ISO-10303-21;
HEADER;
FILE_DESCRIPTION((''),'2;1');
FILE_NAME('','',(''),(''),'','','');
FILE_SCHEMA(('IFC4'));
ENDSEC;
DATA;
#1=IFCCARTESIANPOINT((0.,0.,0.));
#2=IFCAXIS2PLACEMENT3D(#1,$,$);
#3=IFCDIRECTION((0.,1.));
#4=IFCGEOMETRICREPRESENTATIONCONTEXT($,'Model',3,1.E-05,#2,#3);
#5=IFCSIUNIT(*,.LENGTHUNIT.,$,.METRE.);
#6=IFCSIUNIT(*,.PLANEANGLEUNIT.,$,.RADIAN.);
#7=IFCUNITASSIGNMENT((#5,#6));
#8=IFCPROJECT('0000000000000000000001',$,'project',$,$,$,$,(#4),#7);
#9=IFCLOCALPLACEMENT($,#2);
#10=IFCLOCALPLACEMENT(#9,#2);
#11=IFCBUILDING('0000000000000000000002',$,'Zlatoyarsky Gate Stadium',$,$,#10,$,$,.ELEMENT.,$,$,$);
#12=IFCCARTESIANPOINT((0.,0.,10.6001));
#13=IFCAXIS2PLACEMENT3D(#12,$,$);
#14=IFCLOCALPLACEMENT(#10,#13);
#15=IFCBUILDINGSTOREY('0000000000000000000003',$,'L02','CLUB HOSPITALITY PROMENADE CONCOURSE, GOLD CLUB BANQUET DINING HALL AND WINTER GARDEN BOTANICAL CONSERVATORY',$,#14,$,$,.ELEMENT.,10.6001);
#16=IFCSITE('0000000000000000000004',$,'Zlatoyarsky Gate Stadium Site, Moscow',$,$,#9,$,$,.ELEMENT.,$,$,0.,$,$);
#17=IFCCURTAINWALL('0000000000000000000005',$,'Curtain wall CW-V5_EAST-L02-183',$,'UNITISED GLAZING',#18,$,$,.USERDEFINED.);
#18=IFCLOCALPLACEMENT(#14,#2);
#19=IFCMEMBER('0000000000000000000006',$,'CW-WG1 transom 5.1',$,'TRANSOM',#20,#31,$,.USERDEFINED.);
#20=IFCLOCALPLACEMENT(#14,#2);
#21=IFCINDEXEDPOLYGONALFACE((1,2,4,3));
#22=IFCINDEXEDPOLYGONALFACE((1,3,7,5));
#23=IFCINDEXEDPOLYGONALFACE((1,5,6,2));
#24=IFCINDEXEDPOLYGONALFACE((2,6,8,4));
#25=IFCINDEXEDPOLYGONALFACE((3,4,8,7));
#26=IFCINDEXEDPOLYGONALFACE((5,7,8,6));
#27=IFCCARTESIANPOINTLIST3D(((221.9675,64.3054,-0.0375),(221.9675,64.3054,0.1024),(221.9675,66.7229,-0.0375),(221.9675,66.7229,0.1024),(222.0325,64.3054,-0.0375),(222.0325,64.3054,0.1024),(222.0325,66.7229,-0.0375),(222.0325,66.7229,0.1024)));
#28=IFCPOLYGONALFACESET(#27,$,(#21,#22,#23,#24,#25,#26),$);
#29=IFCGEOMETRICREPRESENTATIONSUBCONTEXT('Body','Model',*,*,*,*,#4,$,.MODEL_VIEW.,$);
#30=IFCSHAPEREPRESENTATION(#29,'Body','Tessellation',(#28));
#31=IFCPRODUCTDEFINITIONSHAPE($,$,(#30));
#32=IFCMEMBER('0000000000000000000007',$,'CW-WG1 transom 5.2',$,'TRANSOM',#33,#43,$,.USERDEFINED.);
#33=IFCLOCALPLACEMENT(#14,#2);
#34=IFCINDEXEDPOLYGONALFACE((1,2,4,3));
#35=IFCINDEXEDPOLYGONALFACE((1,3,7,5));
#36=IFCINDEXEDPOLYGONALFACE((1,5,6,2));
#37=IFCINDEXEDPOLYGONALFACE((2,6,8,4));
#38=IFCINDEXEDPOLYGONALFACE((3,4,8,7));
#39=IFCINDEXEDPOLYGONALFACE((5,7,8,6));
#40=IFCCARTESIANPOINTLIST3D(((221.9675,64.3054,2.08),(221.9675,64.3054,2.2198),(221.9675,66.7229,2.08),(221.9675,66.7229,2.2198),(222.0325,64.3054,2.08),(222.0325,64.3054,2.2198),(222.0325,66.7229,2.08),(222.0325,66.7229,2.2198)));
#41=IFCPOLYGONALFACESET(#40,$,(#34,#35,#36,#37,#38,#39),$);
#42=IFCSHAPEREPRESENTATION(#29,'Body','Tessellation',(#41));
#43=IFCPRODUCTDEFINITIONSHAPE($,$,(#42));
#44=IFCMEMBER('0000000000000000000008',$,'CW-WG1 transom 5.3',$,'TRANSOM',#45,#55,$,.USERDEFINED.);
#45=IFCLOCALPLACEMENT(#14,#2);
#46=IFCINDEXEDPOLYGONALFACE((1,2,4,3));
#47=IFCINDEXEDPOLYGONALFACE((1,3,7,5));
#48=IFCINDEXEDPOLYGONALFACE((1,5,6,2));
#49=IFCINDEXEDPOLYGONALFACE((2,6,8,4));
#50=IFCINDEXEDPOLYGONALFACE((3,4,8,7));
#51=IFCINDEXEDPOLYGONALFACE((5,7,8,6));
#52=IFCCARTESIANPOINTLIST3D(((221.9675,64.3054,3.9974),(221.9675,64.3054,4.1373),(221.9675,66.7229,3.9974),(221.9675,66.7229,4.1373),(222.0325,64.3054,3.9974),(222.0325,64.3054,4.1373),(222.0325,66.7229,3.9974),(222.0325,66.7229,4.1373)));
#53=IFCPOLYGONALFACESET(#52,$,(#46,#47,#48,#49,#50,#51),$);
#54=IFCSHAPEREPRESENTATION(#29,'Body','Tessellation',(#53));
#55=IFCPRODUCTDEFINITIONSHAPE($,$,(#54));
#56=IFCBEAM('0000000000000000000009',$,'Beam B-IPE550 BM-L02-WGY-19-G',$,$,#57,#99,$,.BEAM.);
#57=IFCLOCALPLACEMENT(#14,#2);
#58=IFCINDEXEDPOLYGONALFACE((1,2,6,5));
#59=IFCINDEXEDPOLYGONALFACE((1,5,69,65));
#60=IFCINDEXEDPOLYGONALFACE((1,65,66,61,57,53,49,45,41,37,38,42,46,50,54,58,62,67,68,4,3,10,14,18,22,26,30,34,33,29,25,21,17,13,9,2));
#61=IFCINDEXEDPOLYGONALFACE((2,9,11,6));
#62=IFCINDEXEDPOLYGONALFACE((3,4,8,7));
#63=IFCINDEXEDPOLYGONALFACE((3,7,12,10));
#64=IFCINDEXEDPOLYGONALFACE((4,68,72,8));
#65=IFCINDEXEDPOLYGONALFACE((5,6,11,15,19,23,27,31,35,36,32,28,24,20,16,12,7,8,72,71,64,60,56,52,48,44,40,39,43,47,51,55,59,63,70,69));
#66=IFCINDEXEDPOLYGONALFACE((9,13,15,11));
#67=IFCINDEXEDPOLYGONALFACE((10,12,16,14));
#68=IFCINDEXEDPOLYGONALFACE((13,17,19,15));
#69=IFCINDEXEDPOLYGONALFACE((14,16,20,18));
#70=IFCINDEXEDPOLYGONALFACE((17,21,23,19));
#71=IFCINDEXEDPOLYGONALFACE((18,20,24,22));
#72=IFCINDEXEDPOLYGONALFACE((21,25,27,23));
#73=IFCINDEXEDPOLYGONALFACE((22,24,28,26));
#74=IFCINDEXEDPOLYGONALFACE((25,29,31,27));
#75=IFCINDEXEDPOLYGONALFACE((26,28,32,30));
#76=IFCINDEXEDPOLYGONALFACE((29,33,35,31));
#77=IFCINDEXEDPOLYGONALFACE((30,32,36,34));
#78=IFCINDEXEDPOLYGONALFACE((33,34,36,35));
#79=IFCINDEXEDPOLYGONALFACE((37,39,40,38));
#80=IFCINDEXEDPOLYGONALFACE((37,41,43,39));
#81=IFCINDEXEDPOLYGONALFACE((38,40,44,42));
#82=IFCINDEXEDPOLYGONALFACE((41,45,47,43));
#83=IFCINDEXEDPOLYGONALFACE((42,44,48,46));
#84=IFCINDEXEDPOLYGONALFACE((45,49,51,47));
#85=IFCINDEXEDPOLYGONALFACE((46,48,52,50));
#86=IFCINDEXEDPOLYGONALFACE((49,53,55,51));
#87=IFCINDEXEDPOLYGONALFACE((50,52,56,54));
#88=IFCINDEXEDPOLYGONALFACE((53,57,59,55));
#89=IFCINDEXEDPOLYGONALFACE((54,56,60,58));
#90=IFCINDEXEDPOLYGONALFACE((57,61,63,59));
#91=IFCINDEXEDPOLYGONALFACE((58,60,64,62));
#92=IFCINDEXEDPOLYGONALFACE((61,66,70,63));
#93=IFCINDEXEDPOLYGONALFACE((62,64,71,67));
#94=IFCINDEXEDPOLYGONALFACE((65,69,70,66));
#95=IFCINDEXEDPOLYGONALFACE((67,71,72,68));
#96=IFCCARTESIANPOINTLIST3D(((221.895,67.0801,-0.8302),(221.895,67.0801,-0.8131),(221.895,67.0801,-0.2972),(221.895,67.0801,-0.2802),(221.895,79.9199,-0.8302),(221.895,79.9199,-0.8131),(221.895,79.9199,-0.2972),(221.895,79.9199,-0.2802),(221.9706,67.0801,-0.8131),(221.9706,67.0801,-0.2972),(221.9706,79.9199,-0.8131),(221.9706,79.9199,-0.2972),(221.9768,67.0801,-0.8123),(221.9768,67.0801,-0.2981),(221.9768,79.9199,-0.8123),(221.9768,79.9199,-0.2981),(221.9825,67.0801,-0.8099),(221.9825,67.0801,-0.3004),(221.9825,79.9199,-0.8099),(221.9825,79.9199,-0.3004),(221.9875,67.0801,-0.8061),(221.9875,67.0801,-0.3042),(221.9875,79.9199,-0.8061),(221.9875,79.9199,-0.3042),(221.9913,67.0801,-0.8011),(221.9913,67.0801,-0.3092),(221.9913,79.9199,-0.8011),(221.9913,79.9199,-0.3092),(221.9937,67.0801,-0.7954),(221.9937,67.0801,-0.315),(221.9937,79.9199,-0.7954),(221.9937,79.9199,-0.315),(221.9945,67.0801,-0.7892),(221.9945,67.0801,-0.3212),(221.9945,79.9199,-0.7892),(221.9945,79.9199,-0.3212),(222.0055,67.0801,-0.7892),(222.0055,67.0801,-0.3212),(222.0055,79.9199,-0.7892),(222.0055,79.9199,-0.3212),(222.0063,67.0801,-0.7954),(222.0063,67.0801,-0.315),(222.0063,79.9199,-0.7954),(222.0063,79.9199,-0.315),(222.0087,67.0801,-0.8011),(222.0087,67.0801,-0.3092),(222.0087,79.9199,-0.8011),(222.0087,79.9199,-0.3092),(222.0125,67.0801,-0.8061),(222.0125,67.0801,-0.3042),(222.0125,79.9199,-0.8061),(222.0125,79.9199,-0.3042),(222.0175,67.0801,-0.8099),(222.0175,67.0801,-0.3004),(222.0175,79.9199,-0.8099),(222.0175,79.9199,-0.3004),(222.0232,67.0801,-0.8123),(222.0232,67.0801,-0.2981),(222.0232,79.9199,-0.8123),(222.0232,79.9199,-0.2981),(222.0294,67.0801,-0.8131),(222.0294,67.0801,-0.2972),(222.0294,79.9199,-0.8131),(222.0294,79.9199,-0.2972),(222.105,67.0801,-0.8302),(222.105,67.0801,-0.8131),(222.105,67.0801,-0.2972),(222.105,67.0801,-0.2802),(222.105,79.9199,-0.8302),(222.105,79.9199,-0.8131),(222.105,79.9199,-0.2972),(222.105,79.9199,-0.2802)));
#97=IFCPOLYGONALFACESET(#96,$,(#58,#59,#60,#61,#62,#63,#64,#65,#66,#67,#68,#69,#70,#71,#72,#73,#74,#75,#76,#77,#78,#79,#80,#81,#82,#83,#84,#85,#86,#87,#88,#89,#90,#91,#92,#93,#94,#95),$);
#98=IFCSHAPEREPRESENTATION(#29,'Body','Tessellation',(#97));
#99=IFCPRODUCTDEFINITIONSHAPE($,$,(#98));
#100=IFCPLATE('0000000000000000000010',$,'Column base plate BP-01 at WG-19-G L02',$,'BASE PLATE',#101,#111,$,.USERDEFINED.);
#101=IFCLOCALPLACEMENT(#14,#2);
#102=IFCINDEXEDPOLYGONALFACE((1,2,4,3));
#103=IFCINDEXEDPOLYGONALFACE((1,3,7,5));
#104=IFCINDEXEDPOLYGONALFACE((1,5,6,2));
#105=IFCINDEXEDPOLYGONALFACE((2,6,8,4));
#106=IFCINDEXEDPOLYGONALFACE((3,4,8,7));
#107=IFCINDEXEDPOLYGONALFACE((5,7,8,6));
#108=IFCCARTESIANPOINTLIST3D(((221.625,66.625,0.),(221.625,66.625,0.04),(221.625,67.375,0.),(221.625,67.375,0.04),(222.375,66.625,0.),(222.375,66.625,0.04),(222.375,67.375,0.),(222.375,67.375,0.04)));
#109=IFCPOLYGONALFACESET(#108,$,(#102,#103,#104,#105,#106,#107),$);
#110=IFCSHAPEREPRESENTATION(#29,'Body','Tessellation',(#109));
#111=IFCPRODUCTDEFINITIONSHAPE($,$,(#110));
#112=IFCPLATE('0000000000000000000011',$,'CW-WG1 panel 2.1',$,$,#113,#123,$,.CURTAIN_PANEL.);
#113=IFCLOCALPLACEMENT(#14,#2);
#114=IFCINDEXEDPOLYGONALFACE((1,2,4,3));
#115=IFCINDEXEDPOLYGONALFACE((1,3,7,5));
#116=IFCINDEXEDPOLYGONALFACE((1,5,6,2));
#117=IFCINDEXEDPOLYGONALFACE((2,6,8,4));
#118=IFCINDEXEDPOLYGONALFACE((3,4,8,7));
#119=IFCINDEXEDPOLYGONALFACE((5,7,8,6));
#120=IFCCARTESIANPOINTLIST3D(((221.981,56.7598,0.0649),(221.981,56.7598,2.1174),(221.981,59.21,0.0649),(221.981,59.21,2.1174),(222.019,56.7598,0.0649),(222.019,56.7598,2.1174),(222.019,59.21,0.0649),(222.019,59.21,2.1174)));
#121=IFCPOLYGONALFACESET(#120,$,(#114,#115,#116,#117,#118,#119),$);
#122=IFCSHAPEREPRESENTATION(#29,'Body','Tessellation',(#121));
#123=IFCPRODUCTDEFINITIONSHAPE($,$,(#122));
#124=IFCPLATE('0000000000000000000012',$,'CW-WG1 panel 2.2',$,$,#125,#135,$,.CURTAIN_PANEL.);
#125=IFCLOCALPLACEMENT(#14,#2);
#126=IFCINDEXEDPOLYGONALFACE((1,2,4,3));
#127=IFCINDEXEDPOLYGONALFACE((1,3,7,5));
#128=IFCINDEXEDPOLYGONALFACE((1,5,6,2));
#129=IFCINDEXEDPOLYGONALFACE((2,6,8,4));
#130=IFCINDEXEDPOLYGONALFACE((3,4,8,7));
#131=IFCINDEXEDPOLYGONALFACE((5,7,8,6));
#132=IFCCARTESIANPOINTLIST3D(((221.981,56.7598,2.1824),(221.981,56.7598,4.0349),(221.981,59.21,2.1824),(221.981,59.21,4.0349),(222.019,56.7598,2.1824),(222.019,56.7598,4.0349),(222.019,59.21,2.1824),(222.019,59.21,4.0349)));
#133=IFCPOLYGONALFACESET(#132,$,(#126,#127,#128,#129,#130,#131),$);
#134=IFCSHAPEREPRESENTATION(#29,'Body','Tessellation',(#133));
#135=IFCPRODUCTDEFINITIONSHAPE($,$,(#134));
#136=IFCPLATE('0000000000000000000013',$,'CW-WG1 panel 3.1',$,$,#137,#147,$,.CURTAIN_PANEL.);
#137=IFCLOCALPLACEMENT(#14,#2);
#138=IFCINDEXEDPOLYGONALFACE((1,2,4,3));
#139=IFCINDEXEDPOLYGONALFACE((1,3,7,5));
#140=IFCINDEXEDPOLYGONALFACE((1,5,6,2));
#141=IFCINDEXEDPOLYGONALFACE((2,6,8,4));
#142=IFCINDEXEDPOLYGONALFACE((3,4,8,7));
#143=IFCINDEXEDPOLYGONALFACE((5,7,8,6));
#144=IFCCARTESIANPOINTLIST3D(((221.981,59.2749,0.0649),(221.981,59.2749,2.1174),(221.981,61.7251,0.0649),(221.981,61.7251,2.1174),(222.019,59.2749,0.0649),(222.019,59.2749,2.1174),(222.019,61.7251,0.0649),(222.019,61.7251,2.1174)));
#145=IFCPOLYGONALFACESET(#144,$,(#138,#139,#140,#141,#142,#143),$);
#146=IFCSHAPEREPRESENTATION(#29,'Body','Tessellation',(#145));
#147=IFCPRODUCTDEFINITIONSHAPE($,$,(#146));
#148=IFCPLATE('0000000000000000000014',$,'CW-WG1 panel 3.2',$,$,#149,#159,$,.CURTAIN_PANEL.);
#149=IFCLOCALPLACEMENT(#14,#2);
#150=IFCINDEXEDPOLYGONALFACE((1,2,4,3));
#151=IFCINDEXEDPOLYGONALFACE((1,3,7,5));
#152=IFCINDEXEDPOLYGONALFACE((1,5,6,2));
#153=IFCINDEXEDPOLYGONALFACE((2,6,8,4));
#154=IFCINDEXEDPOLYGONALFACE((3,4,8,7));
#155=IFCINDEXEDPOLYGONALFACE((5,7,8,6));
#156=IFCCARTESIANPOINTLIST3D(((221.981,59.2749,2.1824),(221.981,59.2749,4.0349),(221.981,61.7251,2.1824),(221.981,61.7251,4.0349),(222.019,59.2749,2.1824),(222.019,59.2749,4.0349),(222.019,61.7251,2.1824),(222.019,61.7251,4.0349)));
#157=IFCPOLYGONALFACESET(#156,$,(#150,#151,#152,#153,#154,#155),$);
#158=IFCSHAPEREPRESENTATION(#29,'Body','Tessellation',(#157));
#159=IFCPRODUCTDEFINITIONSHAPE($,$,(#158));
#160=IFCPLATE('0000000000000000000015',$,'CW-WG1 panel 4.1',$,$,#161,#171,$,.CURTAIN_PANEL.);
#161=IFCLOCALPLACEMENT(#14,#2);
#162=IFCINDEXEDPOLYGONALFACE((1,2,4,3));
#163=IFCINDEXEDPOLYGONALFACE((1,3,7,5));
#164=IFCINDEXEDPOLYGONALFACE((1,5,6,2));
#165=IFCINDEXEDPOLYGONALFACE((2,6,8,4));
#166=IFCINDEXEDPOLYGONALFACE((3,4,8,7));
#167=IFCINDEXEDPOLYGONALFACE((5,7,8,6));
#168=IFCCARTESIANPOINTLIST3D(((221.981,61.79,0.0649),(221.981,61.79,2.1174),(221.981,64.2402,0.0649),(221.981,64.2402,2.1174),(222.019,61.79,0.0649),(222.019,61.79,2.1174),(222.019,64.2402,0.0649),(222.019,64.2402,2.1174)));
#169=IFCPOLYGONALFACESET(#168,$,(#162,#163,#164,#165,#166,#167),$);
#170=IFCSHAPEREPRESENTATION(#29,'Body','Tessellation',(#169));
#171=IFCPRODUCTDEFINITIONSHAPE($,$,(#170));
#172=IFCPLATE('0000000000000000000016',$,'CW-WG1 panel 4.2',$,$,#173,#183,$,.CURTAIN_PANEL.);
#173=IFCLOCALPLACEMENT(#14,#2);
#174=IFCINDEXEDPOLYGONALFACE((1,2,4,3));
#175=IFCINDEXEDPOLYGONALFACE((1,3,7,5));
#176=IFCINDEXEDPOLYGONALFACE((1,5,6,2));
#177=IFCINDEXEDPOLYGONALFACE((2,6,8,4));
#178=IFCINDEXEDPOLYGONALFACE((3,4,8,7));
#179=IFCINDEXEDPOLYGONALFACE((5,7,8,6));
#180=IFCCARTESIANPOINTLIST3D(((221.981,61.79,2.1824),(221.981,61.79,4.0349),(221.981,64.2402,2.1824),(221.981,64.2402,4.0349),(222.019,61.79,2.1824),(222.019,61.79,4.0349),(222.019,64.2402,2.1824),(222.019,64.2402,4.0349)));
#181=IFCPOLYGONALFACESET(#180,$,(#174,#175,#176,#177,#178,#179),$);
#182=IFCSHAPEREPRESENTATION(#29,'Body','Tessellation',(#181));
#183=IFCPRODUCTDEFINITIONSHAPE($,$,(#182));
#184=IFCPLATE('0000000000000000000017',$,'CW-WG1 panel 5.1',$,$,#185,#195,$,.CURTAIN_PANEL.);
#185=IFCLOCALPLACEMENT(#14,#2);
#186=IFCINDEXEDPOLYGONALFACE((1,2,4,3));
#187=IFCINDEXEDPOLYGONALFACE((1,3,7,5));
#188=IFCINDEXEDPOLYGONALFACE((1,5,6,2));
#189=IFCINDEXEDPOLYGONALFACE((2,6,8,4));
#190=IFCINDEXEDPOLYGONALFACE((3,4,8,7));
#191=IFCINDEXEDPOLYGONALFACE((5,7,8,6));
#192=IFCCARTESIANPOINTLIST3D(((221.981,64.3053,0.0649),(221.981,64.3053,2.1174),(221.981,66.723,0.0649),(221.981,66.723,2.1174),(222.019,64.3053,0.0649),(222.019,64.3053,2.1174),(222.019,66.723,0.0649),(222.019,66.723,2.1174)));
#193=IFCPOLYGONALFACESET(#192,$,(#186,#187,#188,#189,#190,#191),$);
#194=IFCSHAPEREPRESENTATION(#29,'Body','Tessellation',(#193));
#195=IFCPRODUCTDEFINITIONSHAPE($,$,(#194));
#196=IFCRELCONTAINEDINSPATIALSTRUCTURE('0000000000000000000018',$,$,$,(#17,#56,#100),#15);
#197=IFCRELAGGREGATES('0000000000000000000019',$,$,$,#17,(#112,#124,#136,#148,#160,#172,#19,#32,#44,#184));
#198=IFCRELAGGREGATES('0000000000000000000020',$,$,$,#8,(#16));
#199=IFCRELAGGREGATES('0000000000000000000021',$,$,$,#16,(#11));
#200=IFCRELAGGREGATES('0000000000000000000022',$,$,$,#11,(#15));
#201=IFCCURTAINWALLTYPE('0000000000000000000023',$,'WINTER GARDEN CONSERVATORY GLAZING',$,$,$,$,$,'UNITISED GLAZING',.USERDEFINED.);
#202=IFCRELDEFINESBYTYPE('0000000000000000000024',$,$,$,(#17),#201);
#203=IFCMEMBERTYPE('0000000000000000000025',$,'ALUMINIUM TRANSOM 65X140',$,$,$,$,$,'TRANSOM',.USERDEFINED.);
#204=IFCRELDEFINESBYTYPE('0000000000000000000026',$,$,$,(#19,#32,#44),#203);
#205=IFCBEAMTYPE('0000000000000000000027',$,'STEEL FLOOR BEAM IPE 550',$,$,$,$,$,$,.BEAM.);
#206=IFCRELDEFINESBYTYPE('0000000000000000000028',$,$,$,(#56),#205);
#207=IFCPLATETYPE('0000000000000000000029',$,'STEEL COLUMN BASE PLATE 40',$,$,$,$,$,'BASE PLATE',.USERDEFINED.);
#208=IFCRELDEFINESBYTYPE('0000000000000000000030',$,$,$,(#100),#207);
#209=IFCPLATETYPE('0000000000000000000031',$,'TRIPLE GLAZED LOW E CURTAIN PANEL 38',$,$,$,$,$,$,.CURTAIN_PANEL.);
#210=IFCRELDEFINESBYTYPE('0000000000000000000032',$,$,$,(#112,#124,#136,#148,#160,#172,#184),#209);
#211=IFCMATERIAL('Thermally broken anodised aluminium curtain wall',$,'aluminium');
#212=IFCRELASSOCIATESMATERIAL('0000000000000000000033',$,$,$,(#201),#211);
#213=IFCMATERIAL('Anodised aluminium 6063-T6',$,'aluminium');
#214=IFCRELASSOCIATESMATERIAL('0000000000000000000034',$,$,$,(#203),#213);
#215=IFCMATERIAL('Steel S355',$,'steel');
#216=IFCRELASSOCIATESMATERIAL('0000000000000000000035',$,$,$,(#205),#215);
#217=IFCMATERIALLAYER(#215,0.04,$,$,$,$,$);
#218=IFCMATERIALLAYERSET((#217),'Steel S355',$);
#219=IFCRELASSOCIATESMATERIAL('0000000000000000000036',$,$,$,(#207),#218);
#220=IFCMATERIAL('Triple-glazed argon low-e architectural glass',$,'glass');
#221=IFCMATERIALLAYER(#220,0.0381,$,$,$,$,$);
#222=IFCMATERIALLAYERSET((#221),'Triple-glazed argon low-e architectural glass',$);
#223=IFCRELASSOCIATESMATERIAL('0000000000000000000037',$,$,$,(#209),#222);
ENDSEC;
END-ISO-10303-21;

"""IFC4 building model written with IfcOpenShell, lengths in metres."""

from ifc_helpers import new_model, si_unit, direction, frame, origin, origin_2d, place, context, subcontext, project, spatial, rectangle, i_section, extrude, material, layer, layer_set, material_profile, profile_set, type_object, element, aggregate, save


model = new_model("IFC4")

# Units and contexts
model_context = context("Model", 3, precision=1e-05, world=origin(), true_north=direction((0.0, 1.0)))
body_context = subcontext(model_context, "Body", "Model", "MODEL_VIEW")
ifc_project = project(units=[si_unit("LENGTHUNIT", "METRE"), si_unit("PLANEANGLEUNIT", "RADIAN")], contexts=[model_context])

# Site, building, storey
site_placement = place(None, origin())
site = spatial("IfcSite", under=ifc_project, at=site_placement, Name="Zlatoyarsky Gate Stadium Site, Moscow", CompositionType="ELEMENT", RefElevation=0.0)
building_placement = place(site_placement, origin())
building = spatial("IfcBuilding", under=site, at=building_placement, Name="Zlatoyarsky Gate Stadium", CompositionType="ELEMENT")
storey_placement = place(building_placement, frame((0.0, 0.0, 10.6001)))
storey = spatial("IfcBuildingStorey", under=building, at=storey_placement, Name="L02", Description="CLUB HOSPITALITY PROMENADE CONCOURSE, GOLD CLUB BANQUET DINING HALL AND WINTER GARDEN BOTANICAL CONSERVATORY", CompositionType="ELEMENT", Elevation=10.6001)

# Shared definitions
ifc_material_1 = material(Name="Steel S355", Category="steel")

# Curtain wall, members
ifc_material_2 = material(Name="Thermally broken anodised aluminium curtain wall", Category="aluminium")
curtain_wall_type = type_object("IfcCurtainWallType", Name="WINTER GARDEN CONSERVATORY GLAZING", ElementType="UNITISED GLAZING", PredefinedType="USERDEFINED", material=ifc_material_2)
curtain_wall_placement = place(storey_placement, origin())
curtain_wall = element("IfcCurtainWall", 1, at=curtain_wall_placement, inside=storey, type_object=curtain_wall_type, Name="Curtain wall CW-V5_EAST-L02-183", ObjectType="UNITISED GLAZING", PredefinedType="USERDEFINED")
ifc_material_3 = material(Name="Anodised aluminium 6063-T6", Category="aluminium")
ifc_material_profile_1 = material_profile(ifc_material_3, rectangle(XDim=0.0649, YDim=0.1399, at=origin_2d()), Name="ALU 65X140")
ifc_profile_set_1 = profile_set([ifc_material_profile_1], Name="Anodised aluminium 6063-T6")
member_type_1 = type_object("IfcMemberType", Name="ALUMINIUM TRANSOM 65X140", ElementType="TRANSOM", PredefinedType="USERDEFINED", material=ifc_profile_set_1)
member_1_placement = place(storey_placement, frame((222.0, 64.3054, 0.0325), z_axis=(0.0, 1.0, 0.0), x_axis=(-1.0, 0.0, 0.0)))
member_1 = element("IfcMember", 2, at=member_1_placement, type_object=member_type_1, Name="CW-WG1 transom 5.1", ObjectType="TRANSOM", PredefinedType="USERDEFINED", context=body_context, shape_type="SweptSolid", body=[
    extrude(rectangle(XDim=0.0649, YDim=0.1399, at=origin_2d()), origin(), (0.0, 0.0, 1.0), 2.4175),
])
member_2_placement = place(storey_placement, frame((222.0, 64.3054, 2.1499), z_axis=(0.0, 1.0, 0.0), x_axis=(-1.0, 0.0, 0.0)))
member_2 = element("IfcMember", 3, at=member_2_placement, type_object=member_type_1, Name="CW-WG1 transom 5.2", ObjectType="TRANSOM", PredefinedType="USERDEFINED", context=body_context, shape_type="SweptSolid", body=[
    extrude(rectangle(XDim=0.0649, YDim=0.1399, at=origin_2d()), origin(), (0.0, 0.0, 1.0), 2.4175),
])
member_3_placement = place(storey_placement, frame((222.0, 64.3054, 4.0674), z_axis=(0.0, 1.0, 0.0), x_axis=(-1.0, 0.0, 0.0)))
member_3 = element("IfcMember", 4, at=member_3_placement, type_object=member_type_1, Name="CW-WG1 transom 5.3", ObjectType="TRANSOM", PredefinedType="USERDEFINED", context=body_context, shape_type="SweptSolid", body=[
    extrude(rectangle(XDim=0.0649, YDim=0.1399, at=origin_2d()), origin(), (0.0, 0.0, 1.0), 2.4175),
])

# Beam
ifc_material_profile_2 = material_profile(ifc_material_1, i_section(OverallWidth=0.21, OverallDepth=0.55, WebThickness=0.011, FlangeThickness=0.0171, FilletRadius=0.0239, at=origin_2d()), Name="IPE 550")
ifc_profile_set_2 = profile_set([ifc_material_profile_2], Name="Steel S355")
beam_type = type_object("IfcBeamType", Name="STEEL FLOOR BEAM IPE 550", PredefinedType="BEAM", material=ifc_profile_set_2)
beam_placement = place(storey_placement, frame((222.0, 67.0801, -0.5552), z_axis=(0.0, 1.0, 0.0), x_axis=(-1.0, 0.0, 0.0)))
element("IfcBeam", 5, at=beam_placement, inside=storey, type_object=beam_type, Name="Beam B-IPE550 BM-L02-WGY-19-G", PredefinedType="BEAM", context=body_context, shape_type="SweptSolid", body=[
    extrude(i_section(OverallWidth=0.21, OverallDepth=0.55, WebThickness=0.011, FlangeThickness=0.0171, FilletRadius=0.0239, at=origin_2d()), origin(), (0.0, 0.0, 1.0), 12.8398),
])

# Plates
ifc_layer_1 = layer(ifc_material_1, 0.04)
ifc_layer_set_1 = layer_set([ifc_layer_1], Name="Steel S355")
plate_type_1 = type_object("IfcPlateType", Name="STEEL COLUMN BASE PLATE 40", ElementType="BASE PLATE", PredefinedType="USERDEFINED", material=ifc_layer_set_1)
plate_1_placement = place(storey_placement, frame((222.0, 67.0, 0.0), z_axis=(0.0, 0.0, 1.0), x_axis=(1.0, 0.0, 0.0)))
element("IfcPlate", 6, at=plate_1_placement, inside=storey, type_object=plate_type_1, Name="Column base plate BP-01 at WG-19-G L02", ObjectType="BASE PLATE", PredefinedType="USERDEFINED", context=body_context, shape_type="SweptSolid", body=[
    extrude(rectangle(XDim=0.75, YDim=0.75, at=origin_2d()), origin(), (0.0, 0.0, 1.0), 0.04),
])
ifc_material_4 = material(Name="Triple-glazed argon low-e architectural glass", Category="glass")
ifc_layer_2 = layer(ifc_material_4, 0.0381)
ifc_layer_set_2 = layer_set([ifc_layer_2], Name="Triple-glazed argon low-e architectural glass")
plate_type_2 = type_object("IfcPlateType", Name="TRIPLE GLAZED LOW E CURTAIN PANEL 38", PredefinedType="CURTAIN_PANEL", material=ifc_layer_set_2)
plate_2_placement = place(storey_placement, frame((222.0, 57.9849, 0.0649), z_axis=(0.0, 0.0, 1.0), x_axis=(0.0, 1.0, 0.0)))
plate_2 = element("IfcPlate", 7, at=plate_2_placement, type_object=plate_type_2, Name="CW-WG1 panel 2.1", PredefinedType="CURTAIN_PANEL", context=body_context, shape_type="SweptSolid", body=[
    extrude(rectangle(XDim=2.4502, YDim=0.0381, at=origin_2d()), origin(), (0.0, 0.0, 1.0), 2.0525),
])
plate_3_placement = place(storey_placement, frame((222.0, 57.9849, 2.1824), z_axis=(0.0, 0.0, 1.0), x_axis=(0.0, 1.0, 0.0)))
plate_3 = element("IfcPlate", 8, at=plate_3_placement, type_object=plate_type_2, Name="CW-WG1 panel 2.2", PredefinedType="CURTAIN_PANEL", context=body_context, shape_type="SweptSolid", body=[
    extrude(rectangle(XDim=2.4502, YDim=0.0381, at=origin_2d()), origin(), (0.0, 0.0, 1.0), 1.8525),
])
plate_4_placement = place(storey_placement, frame((222.0, 60.5, 0.0649), z_axis=(0.0, 0.0, 1.0), x_axis=(0.0, 1.0, 0.0)))
plate_4 = element("IfcPlate", 9, at=plate_4_placement, type_object=plate_type_2, Name="CW-WG1 panel 3.1", PredefinedType="CURTAIN_PANEL", context=body_context, shape_type="SweptSolid", body=[
    extrude(rectangle(XDim=2.4502, YDim=0.0381, at=origin_2d()), origin(), (0.0, 0.0, 1.0), 2.0525),
])
plate_5_placement = place(storey_placement, frame((222.0, 60.5, 2.1824), z_axis=(0.0, 0.0, 1.0), x_axis=(0.0, 1.0, 0.0)))
plate_5 = element("IfcPlate", 10, at=plate_5_placement, type_object=plate_type_2, Name="CW-WG1 panel 3.2", PredefinedType="CURTAIN_PANEL", context=body_context, shape_type="SweptSolid", body=[
    extrude(rectangle(XDim=2.4502, YDim=0.0381, at=origin_2d()), origin(), (0.0, 0.0, 1.0), 1.8525),
])
plate_6_placement = place(storey_placement, frame((222.0, 63.0151, 0.0649), z_axis=(0.0, 0.0, 1.0), x_axis=(0.0, 1.0, 0.0)))
plate_6 = element("IfcPlate", 11, at=plate_6_placement, type_object=plate_type_2, Name="CW-WG1 panel 4.1", PredefinedType="CURTAIN_PANEL", context=body_context, shape_type="SweptSolid", body=[
    extrude(rectangle(XDim=2.4502, YDim=0.0381, at=origin_2d()), origin(), (0.0, 0.0, 1.0), 2.0525),
])
plate_7_placement = place(storey_placement, frame((222.0, 63.0151, 2.1824), z_axis=(0.0, 0.0, 1.0), x_axis=(0.0, 1.0, 0.0)))
plate_7 = element("IfcPlate", 12, at=plate_7_placement, type_object=plate_type_2, Name="CW-WG1 panel 4.2", PredefinedType="CURTAIN_PANEL", context=body_context, shape_type="SweptSolid", body=[
    extrude(rectangle(XDim=2.4502, YDim=0.0381, at=origin_2d()), origin(), (0.0, 0.0, 1.0), 1.8525),
])
plate_8_placement = place(storey_placement, frame((222.0, 65.5142, 0.0649), z_axis=(0.0, 0.0, 1.0), x_axis=(0.0, 1.0, 0.0)))
plate_8 = element("IfcPlate", 13, at=plate_8_placement, type_object=plate_type_2, Name="CW-WG1 panel 5.1", PredefinedType="CURTAIN_PANEL", context=body_context, shape_type="SweptSolid", body=[
    extrude(rectangle(XDim=2.4177, YDim=0.0381, at=origin_2d()), origin(), (0.0, 0.0, 1.0), 2.0525),
])
aggregate(curtain_wall, [plate_2, plate_3, plate_4, plate_5, plate_6, plate_7, member_1, member_2, member_3, plate_8])

save(model, "model.ifc")
